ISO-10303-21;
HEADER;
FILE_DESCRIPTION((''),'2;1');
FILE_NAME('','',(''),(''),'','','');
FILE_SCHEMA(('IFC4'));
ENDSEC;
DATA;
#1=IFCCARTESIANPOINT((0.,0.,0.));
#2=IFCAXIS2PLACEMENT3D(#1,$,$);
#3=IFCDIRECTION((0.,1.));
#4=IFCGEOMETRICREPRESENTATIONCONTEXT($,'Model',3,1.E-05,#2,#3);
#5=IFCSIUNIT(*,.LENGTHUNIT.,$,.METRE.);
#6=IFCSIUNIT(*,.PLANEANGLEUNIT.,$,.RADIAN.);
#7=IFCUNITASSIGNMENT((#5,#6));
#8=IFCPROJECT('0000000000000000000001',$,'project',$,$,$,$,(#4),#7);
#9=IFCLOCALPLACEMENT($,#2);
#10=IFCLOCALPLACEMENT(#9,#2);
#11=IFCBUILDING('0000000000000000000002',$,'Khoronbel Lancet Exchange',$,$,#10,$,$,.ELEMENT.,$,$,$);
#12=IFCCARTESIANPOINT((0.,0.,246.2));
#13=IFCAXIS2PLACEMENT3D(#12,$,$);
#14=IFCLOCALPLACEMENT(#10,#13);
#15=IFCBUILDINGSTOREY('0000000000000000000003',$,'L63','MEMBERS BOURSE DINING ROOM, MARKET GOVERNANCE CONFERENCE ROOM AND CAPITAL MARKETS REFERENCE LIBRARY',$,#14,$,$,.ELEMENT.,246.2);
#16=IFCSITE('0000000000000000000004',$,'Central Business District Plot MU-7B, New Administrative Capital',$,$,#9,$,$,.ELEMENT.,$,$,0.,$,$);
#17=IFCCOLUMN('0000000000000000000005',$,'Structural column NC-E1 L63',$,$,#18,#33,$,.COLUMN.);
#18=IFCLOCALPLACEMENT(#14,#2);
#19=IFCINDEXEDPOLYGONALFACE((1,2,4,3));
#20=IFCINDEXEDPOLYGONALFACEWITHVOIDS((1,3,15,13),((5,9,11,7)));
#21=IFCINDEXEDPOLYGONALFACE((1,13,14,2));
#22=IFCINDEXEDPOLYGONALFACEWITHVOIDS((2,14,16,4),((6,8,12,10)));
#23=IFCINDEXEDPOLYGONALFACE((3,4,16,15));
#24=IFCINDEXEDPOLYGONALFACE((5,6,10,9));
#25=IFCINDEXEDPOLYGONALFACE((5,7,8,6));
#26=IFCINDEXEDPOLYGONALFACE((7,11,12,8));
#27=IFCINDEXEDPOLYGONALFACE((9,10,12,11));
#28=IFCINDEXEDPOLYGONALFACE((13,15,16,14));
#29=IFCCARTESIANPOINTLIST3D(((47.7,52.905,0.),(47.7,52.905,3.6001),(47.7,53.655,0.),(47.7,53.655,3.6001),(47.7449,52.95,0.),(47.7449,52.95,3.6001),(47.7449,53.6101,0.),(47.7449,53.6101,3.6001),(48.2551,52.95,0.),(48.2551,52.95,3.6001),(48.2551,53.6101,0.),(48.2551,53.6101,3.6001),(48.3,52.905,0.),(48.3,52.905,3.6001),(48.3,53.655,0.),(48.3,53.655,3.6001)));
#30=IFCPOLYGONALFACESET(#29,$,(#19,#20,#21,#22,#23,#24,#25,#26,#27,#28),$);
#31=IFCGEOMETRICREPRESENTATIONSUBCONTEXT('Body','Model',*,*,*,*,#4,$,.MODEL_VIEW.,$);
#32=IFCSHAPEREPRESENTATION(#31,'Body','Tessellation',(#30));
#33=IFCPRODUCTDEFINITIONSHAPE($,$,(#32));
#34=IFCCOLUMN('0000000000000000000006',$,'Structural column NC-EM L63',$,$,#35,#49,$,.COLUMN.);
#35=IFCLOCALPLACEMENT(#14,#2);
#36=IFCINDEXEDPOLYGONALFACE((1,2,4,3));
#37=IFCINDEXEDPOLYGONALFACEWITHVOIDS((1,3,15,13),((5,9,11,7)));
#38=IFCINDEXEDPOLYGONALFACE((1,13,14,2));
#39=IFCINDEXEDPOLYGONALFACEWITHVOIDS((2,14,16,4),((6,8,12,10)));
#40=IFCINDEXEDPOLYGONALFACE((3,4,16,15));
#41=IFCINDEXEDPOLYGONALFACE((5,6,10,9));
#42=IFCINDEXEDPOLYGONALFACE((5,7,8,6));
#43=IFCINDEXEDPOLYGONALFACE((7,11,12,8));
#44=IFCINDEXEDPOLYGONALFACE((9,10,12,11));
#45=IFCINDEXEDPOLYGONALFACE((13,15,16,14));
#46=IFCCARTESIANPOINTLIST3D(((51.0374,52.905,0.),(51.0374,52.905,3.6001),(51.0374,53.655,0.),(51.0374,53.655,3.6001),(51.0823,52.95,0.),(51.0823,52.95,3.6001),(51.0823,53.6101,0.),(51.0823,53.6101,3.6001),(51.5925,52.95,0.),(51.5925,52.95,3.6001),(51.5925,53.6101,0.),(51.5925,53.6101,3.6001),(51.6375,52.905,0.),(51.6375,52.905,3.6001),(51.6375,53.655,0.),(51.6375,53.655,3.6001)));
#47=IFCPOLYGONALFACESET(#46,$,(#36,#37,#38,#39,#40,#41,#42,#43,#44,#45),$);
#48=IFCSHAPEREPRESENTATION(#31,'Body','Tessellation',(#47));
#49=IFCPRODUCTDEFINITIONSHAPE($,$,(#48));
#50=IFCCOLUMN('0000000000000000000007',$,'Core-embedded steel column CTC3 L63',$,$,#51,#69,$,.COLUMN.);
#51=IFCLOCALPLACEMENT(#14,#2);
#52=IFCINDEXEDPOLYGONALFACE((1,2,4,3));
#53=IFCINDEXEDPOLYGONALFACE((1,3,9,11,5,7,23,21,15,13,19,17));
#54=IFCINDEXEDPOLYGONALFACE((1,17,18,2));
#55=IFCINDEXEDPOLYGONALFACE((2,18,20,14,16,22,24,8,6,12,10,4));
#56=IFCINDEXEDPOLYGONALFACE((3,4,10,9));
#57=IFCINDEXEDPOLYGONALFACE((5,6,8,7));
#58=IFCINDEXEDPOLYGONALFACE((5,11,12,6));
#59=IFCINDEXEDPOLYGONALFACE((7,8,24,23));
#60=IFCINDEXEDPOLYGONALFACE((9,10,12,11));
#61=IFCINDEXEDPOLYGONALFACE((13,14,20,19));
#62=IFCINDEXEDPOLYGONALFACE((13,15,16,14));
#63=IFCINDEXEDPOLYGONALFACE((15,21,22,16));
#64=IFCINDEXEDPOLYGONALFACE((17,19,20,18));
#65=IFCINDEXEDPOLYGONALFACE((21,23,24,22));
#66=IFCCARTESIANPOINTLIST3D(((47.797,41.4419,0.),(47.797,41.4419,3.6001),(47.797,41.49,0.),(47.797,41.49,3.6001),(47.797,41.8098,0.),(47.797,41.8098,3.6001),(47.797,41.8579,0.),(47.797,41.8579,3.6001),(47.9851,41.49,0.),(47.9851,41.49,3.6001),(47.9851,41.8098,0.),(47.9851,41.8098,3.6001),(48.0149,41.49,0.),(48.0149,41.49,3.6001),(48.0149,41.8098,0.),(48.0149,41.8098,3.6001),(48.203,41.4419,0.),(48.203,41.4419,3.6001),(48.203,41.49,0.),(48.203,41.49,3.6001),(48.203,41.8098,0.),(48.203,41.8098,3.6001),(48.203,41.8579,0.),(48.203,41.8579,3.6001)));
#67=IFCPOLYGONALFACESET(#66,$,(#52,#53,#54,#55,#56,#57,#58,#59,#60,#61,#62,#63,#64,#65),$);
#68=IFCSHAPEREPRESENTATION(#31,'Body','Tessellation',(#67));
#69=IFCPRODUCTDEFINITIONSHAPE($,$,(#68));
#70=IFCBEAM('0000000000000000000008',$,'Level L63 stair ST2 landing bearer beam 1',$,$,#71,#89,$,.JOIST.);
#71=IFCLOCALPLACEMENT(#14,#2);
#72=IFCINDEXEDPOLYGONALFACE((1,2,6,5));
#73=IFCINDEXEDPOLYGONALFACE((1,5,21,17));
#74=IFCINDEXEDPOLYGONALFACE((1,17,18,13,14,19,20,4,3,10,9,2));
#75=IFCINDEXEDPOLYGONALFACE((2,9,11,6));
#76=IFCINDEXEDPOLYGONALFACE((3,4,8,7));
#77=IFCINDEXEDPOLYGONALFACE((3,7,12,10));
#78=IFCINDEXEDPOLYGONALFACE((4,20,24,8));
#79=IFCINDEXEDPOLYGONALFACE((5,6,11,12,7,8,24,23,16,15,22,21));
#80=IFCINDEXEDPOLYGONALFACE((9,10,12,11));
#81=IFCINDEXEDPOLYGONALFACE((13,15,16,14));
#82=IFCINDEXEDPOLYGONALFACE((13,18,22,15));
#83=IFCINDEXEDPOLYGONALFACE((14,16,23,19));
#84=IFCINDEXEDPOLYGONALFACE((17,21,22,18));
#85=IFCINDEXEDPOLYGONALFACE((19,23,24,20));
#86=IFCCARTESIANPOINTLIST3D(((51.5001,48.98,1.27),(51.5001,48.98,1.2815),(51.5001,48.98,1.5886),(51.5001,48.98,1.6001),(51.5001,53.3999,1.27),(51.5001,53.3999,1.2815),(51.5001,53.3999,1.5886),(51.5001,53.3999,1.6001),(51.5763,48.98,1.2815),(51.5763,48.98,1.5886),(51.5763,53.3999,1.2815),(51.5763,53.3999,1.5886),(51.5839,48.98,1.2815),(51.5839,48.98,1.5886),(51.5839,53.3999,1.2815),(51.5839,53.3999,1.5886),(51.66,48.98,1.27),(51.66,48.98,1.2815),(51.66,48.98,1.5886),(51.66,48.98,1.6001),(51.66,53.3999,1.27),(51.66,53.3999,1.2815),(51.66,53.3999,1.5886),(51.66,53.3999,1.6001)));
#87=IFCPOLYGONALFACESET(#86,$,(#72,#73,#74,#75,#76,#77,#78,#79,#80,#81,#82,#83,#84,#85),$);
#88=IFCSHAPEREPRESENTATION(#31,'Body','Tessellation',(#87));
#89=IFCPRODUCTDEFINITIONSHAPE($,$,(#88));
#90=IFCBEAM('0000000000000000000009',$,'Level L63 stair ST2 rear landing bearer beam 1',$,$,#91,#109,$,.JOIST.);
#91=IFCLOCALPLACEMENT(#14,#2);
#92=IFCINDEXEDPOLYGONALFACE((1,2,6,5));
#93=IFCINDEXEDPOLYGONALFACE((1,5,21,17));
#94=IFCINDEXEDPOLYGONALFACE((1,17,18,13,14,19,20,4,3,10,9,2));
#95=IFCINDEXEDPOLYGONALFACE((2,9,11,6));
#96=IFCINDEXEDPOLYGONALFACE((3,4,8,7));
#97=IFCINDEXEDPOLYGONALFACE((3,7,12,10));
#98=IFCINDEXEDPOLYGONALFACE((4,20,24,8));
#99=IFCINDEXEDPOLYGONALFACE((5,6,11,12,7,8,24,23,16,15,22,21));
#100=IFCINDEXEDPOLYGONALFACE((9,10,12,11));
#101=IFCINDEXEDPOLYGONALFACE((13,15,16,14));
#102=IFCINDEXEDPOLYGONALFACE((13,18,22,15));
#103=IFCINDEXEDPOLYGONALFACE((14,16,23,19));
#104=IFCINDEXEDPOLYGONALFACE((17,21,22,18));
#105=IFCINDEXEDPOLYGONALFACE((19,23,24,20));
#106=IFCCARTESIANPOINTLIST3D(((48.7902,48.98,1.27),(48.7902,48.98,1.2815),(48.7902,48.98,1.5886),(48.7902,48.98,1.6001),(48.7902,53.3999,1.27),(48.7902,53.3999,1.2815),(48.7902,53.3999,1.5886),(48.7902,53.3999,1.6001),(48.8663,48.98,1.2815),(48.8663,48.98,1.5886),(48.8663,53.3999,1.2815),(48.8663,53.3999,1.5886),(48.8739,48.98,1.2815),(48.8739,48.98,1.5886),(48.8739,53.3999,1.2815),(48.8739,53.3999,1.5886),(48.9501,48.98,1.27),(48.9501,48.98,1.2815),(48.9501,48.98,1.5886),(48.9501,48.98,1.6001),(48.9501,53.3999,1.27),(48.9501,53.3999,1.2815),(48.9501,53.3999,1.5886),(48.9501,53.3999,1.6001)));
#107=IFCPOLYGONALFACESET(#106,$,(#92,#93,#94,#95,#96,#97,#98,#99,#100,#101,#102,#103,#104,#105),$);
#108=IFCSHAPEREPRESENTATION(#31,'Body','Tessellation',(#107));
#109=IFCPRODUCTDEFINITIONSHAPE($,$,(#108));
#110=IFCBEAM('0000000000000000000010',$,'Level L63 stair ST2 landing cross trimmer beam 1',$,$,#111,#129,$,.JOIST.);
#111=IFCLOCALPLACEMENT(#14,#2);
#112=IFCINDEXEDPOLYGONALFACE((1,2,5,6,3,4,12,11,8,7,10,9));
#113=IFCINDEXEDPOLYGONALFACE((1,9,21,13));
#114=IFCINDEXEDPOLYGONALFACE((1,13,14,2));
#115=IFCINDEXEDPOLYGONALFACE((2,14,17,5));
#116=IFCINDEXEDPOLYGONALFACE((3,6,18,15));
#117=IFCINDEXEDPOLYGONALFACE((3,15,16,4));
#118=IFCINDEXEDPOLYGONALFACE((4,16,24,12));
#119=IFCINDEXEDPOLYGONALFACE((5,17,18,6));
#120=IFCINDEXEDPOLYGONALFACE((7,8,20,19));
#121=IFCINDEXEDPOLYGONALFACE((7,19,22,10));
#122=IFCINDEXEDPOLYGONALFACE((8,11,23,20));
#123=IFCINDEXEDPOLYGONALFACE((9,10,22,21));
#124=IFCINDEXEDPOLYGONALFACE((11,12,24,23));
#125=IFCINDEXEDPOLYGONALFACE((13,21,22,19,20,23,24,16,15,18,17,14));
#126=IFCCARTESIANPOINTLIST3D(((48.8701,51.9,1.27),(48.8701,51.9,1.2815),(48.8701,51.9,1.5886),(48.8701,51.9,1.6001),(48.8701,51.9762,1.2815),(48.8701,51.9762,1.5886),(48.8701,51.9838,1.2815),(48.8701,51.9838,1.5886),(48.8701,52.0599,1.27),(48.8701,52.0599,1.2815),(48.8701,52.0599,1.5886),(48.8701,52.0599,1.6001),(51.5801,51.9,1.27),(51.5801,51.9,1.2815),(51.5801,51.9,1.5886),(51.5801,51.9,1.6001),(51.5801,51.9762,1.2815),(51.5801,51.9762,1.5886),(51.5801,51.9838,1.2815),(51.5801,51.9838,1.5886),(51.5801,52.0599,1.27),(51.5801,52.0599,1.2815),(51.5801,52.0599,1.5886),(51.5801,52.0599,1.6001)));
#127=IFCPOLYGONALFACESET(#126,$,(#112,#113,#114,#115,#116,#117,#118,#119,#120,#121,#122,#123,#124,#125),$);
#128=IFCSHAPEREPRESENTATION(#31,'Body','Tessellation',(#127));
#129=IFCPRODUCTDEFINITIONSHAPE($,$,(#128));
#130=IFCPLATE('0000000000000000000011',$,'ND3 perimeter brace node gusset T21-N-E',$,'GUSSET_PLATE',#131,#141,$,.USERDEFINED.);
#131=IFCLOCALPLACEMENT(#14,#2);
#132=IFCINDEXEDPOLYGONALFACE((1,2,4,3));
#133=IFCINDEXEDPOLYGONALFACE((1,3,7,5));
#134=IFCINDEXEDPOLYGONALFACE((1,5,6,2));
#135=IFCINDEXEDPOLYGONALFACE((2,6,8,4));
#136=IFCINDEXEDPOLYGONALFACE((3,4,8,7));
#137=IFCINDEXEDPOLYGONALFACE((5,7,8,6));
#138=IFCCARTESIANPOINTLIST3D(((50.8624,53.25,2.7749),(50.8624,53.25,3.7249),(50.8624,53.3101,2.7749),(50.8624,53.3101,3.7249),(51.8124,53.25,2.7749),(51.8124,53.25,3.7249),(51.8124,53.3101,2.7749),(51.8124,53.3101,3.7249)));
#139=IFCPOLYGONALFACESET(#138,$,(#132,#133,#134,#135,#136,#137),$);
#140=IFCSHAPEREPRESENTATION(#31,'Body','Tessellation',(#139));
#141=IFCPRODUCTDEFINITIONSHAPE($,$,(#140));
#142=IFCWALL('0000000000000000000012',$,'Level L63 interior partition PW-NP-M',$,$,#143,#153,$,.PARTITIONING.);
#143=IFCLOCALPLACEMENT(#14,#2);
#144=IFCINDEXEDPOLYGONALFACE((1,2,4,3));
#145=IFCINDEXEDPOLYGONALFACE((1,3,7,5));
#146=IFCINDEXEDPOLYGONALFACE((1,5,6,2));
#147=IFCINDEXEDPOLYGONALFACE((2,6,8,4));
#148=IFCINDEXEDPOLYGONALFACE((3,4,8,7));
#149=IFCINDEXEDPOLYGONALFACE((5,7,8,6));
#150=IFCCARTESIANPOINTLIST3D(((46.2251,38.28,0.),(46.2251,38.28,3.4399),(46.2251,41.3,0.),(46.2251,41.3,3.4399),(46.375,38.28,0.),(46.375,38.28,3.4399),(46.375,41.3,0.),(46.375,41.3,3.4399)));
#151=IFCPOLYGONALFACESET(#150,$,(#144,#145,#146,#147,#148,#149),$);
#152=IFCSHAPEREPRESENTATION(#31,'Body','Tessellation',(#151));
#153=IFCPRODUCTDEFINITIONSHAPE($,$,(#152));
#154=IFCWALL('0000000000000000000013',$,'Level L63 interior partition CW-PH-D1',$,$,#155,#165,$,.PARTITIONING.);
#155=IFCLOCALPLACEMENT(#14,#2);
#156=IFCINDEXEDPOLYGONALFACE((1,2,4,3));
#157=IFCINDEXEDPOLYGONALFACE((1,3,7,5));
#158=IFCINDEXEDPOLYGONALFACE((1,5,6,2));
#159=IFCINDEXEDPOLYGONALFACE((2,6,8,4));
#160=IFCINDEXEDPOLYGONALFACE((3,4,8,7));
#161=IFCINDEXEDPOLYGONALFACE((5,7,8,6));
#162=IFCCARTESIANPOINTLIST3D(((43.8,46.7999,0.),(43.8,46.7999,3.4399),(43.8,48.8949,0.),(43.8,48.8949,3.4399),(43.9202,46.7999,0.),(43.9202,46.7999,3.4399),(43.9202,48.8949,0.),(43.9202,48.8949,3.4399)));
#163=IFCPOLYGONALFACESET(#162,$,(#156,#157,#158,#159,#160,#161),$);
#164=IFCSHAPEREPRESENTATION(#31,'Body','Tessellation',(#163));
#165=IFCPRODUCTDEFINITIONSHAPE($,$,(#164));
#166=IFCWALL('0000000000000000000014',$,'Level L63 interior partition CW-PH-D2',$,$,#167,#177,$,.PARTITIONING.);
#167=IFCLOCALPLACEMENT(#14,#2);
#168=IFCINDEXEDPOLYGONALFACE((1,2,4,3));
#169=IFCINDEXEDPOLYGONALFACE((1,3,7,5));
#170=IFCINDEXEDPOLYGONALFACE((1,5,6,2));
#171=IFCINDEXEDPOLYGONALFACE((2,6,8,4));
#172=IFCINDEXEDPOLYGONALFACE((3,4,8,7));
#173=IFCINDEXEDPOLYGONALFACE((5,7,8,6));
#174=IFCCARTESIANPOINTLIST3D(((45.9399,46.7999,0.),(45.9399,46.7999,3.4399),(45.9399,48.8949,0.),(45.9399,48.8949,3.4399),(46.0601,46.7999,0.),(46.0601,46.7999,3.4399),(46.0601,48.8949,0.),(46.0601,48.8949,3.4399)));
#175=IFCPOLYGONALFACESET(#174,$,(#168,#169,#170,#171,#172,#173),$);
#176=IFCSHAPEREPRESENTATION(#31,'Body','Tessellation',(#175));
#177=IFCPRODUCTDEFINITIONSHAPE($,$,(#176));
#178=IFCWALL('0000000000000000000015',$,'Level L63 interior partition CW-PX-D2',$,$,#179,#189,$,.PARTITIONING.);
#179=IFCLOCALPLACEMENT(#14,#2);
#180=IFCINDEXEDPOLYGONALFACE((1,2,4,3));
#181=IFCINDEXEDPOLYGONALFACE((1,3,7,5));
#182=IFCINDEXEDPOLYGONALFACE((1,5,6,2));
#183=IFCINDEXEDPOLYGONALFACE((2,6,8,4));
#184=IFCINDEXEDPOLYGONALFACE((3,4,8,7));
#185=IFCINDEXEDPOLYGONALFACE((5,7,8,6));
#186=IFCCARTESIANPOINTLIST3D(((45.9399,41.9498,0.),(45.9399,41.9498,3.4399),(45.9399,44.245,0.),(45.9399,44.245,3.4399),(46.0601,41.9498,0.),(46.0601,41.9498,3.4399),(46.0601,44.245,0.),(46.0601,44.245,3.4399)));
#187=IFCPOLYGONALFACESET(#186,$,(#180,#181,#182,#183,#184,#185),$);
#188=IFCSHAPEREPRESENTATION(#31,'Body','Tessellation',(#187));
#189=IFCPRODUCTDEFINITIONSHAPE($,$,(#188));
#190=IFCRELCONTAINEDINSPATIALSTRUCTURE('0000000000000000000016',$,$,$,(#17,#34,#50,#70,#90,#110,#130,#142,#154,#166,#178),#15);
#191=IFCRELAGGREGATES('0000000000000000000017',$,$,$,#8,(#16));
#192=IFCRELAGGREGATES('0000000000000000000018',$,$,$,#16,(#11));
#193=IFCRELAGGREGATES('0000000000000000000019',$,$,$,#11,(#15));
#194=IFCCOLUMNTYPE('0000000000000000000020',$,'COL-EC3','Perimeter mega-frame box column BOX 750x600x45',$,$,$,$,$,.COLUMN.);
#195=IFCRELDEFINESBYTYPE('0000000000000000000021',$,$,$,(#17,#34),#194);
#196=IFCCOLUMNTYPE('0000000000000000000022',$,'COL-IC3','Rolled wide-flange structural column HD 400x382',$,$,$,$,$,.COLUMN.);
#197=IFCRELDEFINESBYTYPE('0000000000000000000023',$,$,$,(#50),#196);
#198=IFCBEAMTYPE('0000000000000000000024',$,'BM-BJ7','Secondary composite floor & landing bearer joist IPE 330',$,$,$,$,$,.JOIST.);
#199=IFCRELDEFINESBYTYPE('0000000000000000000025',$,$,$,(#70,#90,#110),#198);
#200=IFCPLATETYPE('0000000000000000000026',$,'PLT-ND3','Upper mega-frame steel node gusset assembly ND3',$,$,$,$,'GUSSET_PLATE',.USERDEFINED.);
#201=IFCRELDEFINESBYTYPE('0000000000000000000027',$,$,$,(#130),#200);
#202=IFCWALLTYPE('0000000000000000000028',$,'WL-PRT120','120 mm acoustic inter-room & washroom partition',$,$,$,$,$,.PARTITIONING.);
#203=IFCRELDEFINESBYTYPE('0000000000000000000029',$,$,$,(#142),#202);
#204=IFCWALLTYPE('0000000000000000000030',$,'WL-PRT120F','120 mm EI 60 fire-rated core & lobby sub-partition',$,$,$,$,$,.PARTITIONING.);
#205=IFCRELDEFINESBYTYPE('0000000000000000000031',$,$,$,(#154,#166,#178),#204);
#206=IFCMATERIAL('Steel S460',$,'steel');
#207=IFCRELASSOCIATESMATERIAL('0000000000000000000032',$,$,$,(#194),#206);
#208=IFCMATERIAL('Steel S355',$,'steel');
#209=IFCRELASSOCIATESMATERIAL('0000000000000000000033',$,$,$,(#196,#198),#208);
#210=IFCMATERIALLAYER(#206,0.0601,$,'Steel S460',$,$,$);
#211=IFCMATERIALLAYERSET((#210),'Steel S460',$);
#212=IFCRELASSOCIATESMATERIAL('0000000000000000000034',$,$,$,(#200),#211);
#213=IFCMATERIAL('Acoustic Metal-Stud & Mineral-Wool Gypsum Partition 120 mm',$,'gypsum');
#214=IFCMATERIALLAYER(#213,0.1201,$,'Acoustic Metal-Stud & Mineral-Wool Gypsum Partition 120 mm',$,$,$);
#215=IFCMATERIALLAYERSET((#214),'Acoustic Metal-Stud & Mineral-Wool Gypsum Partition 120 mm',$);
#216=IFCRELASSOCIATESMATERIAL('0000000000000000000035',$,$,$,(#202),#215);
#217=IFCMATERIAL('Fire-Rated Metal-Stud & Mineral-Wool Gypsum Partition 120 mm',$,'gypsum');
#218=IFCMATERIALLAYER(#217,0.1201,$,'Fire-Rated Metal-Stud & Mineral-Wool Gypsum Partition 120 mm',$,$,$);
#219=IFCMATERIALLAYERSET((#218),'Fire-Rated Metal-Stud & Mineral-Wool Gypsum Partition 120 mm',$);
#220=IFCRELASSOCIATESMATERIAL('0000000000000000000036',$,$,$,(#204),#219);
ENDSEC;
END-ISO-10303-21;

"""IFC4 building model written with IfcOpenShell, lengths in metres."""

from ifc_helpers import new_model, si_unit, direction, frame, frame_2d, origin, origin_2d, place, context, subcontext, project, spatial, rectangle, hollow_rectangle, i_section, extrude, material, layer, layer_set, material_profile, profile_set, type_object, element, save


model = new_model("IFC4")

# Units and contexts
model_context = context("Model", 3, precision=1e-05, world=origin(), true_north=direction((0.0, 1.0)))
body_context = subcontext(model_context, "Body", "Model", "MODEL_VIEW")
ifc_project = project(units=[si_unit("LENGTHUNIT", "METRE"), si_unit("PLANEANGLEUNIT", "RADIAN")], contexts=[model_context])

# Site, building, storey
site_placement = place(None, origin())
site = spatial("IfcSite", under=ifc_project, at=site_placement, Name="Central Business District Plot MU-7B, New Administrative Capital", CompositionType="ELEMENT", RefElevation=0.0)
building_placement = place(site_placement, origin())
building = spatial("IfcBuilding", under=site, at=building_placement, Name="Khoronbel Lancet Exchange", CompositionType="ELEMENT")
storey_placement = place(building_placement, frame((0.0, 0.0, 246.2)))
storey = spatial("IfcBuildingStorey", under=building, at=storey_placement, Name="L63", Description="MEMBERS BOURSE DINING ROOM, MARKET GOVERNANCE CONFERENCE ROOM AND CAPITAL MARKETS REFERENCE LIBRARY", CompositionType="ELEMENT", Elevation=246.2)

# Columns
ifc_material_1 = material(Name="Steel S460", Category="steel")
ifc_material_profile_1 = material_profile(ifc_material_1, hollow_rectangle(XDim=0.6001, YDim=0.75, WallThickness=0.0449, at=origin_2d()), Name="BOX 750x600x45")
ifc_profile_set_1 = profile_set([ifc_material_profile_1], Name="Steel S460")
column_type_1 = type_object("IfcColumnType", Name="COL-EC3", Description="Perimeter mega-frame box column BOX 750x600x45", PredefinedType="COLUMN", material=ifc_profile_set_1)
for number, where, z_axis, x_axis, name in (
    (1, (48.0, 53.28, 0.0), (0.0, 0.0, 1.0), (1.0, 0.0, 0.0), "Structural column NC-E1 L63"),
    (2, (51.3374, 53.28, 0.0), (0.0, 0.0, 1.0), (1.0, 0.0, 0.0), "Structural column NC-EM L63"),
):
    element("IfcColumn", number, at=place(storey_placement, frame(where, z_axis=z_axis, x_axis=x_axis)), inside=storey, type_object=column_type_1, Name=name, PredefinedType="COLUMN", context=body_context, shape_type="SweptSolid", body=[
        extrude(hollow_rectangle(XDim=0.6001, YDim=0.75, WallThickness=0.0449, at=origin_2d()), origin(), (0.0, 0.0, 1.0), 3.6001),
    ])
ifc_material_2 = material(Name="Steel S355", Category="steel")
ifc_material_profile_2 = material_profile(ifc_material_2, i_section(OverallWidth=0.406, OverallDepth=0.416, WebThickness=0.0298, FlangeThickness=0.0481, at=origin_2d()), Name="HD 400x382")
ifc_profile_set_2 = profile_set([ifc_material_profile_2], Name="Steel S355")
column_type_2 = type_object("IfcColumnType", Name="COL-IC3", Description="Rolled wide-flange structural column HD 400x382", PredefinedType="COLUMN", material=ifc_profile_set_2)
column_placement = place(storey_placement, frame((48.0, 41.6499, 0.0), z_axis=(0.0, 0.0, 1.0), x_axis=(1.0, 0.0, 0.0)))
element("IfcColumn", 3, at=column_placement, inside=storey, type_object=column_type_2, Name="Core-embedded steel column CTC3 L63", PredefinedType="COLUMN", context=body_context, shape_type="SweptSolid", body=[
    extrude(i_section(OverallWidth=0.406, OverallDepth=0.416, WebThickness=0.0298, FlangeThickness=0.0481, at=origin_2d()), origin(), (0.0, 0.0, 1.0), 3.6001),
])

# Beams
ifc_material_profile_3 = material_profile(ifc_material_2, i_section(OverallWidth=0.1599, OverallDepth=0.3301, WebThickness=0.0076, FlangeThickness=0.0115, at=origin_2d()), Name="IPE 330")
ifc_profile_set_3 = profile_set([ifc_material_profile_3], Name="Steel S355")
beam_type = type_object("IfcBeamType", Name="BM-BJ7", Description="Secondary composite floor & landing bearer joist IPE 330", PredefinedType="JOIST", material=ifc_profile_set_3)
for number, where, z_axis, x_axis, name in (
    (4, (51.5801, 48.98, 1.4351), (0.0, 1.0, 0.0), (-1.0, 0.0, 0.0), "Level L63 stair ST2 landing bearer beam 1"),
    (5, (48.8701, 48.98, 1.4351), (0.0, 1.0, 0.0), (-1.0, 0.0, 0.0), "Level L63 stair ST2 rear landing bearer beam 1"),
):
    element("IfcBeam", number, at=place(storey_placement, frame(where, z_axis=z_axis, x_axis=x_axis)), inside=storey, type_object=beam_type, Name=name, PredefinedType="JOIST", context=body_context, shape_type="SweptSolid", body=[
        extrude(i_section(OverallWidth=0.1599, OverallDepth=0.3301, WebThickness=0.0076, FlangeThickness=0.0115, at=origin_2d()), origin(), (0.0, 0.0, 1.0), 4.4199),
    ])
beam_placement = place(storey_placement, frame((48.8701, 51.98, 1.4351), z_axis=(1.0, 0.0, 0.0), x_axis=(0.0, 1.0, 0.0)))
element("IfcBeam", 6, at=beam_placement, inside=storey, type_object=beam_type, Name="Level L63 stair ST2 landing cross trimmer beam 1", PredefinedType="JOIST", context=body_context, shape_type="SweptSolid", body=[
    extrude(i_section(OverallWidth=0.1599, OverallDepth=0.3301, WebThickness=0.0076, FlangeThickness=0.0115, at=origin_2d()), origin(), (0.0, 0.0, 1.0), 2.71),
])

# Plate
ifc_layer_1 = layer(ifc_material_1, 0.0601, Name="Steel S460")
ifc_layer_set_1 = layer_set([ifc_layer_1], Name="Steel S460")
plate_type = type_object("IfcPlateType", Name="PLT-ND3", Description="Upper mega-frame steel node gusset assembly ND3", ElementType="GUSSET_PLATE", PredefinedType="USERDEFINED", material=ifc_layer_set_1)
plate_placement = place(storey_placement, frame((51.3374, 53.28, 2.7749), z_axis=(0.0, 0.0, 1.0), x_axis=(1.0, 0.0, 0.0)))
element("IfcPlate", 7, at=plate_placement, inside=storey, type_object=plate_type, Name="ND3 perimeter brace node gusset T21-N-E", ObjectType="GUSSET_PLATE", PredefinedType="USERDEFINED", context=body_context, shape_type="SweptSolid", body=[
    extrude(rectangle(XDim=0.95, YDim=0.0601, at=origin_2d()), origin(), (0.0, 0.0, 1.0), 0.95),
])

# Walls
ifc_material_3 = material(Name="Acoustic Metal-Stud & Mineral-Wool Gypsum Partition 120 mm", Category="gypsum")
ifc_layer_2 = layer(ifc_material_3, 0.1201, Name="Acoustic Metal-Stud & Mineral-Wool Gypsum Partition 120 mm")
ifc_layer_set_2 = layer_set([ifc_layer_2], Name="Acoustic Metal-Stud & Mineral-Wool Gypsum Partition 120 mm")
wall_type_1 = type_object("IfcWallType", Name="WL-PRT120", Description="120 mm acoustic inter-room & washroom partition", PredefinedType="PARTITIONING", material=ifc_layer_set_2)
wall_1_placement = place(storey_placement, frame((46.3, 38.28, 0.0), z_axis=(0.0, 0.0, 1.0), x_axis=(0.0, 1.0, 0.0)))
element("IfcWall", 8, at=wall_1_placement, inside=storey, type_object=wall_type_1, Name="Level L63 interior partition PW-NP-M", PredefinedType="PARTITIONING", context=body_context, shape_type="SweptSolid", body=[
    extrude(rectangle(XDim=3.02, YDim=0.1499, at=frame_2d((1.51, 0.0))), origin(), (0.0, 0.0, 1.0), 3.4399),
])
ifc_material_4 = material(Name="Fire-Rated Metal-Stud & Mineral-Wool Gypsum Partition 120 mm", Category="gypsum")
ifc_layer_3 = layer(ifc_material_4, 0.1201, Name="Fire-Rated Metal-Stud & Mineral-Wool Gypsum Partition 120 mm")
ifc_layer_set_3 = layer_set([ifc_layer_3], Name="Fire-Rated Metal-Stud & Mineral-Wool Gypsum Partition 120 mm")
wall_type_2 = type_object("IfcWallType", Name="WL-PRT120F", Description="120 mm EI 60 fire-rated core & lobby sub-partition", PredefinedType="PARTITIONING", material=ifc_layer_set_3)
for number, where, z_axis, x_axis, name in (
    (9, (43.8601, 46.8, 0.0), (0.0, 0.0, 1.0), (0.0, 1.0, 0.0), "Level L63 interior partition CW-PH-D1"),
    (10, (46.0, 46.8, 0.0), (0.0, 0.0, 1.0), (0.0, 1.0, 0.0), "Level L63 interior partition CW-PH-D2"),
):
    element("IfcWall", number, at=place(storey_placement, frame(where, z_axis=z_axis, x_axis=x_axis)), inside=storey, type_object=wall_type_2, Name=name, PredefinedType="PARTITIONING", context=body_context, shape_type="SweptSolid", body=[
        extrude(rectangle(XDim=2.095, YDim=0.1201, at=frame_2d((1.0474, 0.0))), origin(), (0.0, 0.0, 1.0), 3.4399),
    ])
wall_2_placement = place(storey_placement, frame((46.0, 41.95, 0.0), z_axis=(0.0, 0.0, 1.0), x_axis=(0.0, 1.0, 0.0)))
element("IfcWall", 11, at=wall_2_placement, inside=storey, type_object=wall_type_2, Name="Level L63 interior partition CW-PX-D2", PredefinedType="PARTITIONING", context=body_context, shape_type="SweptSolid", body=[
    extrude(rectangle(XDim=2.2952, YDim=0.1201, at=frame_2d((1.1475, 0.0))), origin(), (0.0, 0.0, 1.0), 3.4399),
])

save(model, "model.ifc")
